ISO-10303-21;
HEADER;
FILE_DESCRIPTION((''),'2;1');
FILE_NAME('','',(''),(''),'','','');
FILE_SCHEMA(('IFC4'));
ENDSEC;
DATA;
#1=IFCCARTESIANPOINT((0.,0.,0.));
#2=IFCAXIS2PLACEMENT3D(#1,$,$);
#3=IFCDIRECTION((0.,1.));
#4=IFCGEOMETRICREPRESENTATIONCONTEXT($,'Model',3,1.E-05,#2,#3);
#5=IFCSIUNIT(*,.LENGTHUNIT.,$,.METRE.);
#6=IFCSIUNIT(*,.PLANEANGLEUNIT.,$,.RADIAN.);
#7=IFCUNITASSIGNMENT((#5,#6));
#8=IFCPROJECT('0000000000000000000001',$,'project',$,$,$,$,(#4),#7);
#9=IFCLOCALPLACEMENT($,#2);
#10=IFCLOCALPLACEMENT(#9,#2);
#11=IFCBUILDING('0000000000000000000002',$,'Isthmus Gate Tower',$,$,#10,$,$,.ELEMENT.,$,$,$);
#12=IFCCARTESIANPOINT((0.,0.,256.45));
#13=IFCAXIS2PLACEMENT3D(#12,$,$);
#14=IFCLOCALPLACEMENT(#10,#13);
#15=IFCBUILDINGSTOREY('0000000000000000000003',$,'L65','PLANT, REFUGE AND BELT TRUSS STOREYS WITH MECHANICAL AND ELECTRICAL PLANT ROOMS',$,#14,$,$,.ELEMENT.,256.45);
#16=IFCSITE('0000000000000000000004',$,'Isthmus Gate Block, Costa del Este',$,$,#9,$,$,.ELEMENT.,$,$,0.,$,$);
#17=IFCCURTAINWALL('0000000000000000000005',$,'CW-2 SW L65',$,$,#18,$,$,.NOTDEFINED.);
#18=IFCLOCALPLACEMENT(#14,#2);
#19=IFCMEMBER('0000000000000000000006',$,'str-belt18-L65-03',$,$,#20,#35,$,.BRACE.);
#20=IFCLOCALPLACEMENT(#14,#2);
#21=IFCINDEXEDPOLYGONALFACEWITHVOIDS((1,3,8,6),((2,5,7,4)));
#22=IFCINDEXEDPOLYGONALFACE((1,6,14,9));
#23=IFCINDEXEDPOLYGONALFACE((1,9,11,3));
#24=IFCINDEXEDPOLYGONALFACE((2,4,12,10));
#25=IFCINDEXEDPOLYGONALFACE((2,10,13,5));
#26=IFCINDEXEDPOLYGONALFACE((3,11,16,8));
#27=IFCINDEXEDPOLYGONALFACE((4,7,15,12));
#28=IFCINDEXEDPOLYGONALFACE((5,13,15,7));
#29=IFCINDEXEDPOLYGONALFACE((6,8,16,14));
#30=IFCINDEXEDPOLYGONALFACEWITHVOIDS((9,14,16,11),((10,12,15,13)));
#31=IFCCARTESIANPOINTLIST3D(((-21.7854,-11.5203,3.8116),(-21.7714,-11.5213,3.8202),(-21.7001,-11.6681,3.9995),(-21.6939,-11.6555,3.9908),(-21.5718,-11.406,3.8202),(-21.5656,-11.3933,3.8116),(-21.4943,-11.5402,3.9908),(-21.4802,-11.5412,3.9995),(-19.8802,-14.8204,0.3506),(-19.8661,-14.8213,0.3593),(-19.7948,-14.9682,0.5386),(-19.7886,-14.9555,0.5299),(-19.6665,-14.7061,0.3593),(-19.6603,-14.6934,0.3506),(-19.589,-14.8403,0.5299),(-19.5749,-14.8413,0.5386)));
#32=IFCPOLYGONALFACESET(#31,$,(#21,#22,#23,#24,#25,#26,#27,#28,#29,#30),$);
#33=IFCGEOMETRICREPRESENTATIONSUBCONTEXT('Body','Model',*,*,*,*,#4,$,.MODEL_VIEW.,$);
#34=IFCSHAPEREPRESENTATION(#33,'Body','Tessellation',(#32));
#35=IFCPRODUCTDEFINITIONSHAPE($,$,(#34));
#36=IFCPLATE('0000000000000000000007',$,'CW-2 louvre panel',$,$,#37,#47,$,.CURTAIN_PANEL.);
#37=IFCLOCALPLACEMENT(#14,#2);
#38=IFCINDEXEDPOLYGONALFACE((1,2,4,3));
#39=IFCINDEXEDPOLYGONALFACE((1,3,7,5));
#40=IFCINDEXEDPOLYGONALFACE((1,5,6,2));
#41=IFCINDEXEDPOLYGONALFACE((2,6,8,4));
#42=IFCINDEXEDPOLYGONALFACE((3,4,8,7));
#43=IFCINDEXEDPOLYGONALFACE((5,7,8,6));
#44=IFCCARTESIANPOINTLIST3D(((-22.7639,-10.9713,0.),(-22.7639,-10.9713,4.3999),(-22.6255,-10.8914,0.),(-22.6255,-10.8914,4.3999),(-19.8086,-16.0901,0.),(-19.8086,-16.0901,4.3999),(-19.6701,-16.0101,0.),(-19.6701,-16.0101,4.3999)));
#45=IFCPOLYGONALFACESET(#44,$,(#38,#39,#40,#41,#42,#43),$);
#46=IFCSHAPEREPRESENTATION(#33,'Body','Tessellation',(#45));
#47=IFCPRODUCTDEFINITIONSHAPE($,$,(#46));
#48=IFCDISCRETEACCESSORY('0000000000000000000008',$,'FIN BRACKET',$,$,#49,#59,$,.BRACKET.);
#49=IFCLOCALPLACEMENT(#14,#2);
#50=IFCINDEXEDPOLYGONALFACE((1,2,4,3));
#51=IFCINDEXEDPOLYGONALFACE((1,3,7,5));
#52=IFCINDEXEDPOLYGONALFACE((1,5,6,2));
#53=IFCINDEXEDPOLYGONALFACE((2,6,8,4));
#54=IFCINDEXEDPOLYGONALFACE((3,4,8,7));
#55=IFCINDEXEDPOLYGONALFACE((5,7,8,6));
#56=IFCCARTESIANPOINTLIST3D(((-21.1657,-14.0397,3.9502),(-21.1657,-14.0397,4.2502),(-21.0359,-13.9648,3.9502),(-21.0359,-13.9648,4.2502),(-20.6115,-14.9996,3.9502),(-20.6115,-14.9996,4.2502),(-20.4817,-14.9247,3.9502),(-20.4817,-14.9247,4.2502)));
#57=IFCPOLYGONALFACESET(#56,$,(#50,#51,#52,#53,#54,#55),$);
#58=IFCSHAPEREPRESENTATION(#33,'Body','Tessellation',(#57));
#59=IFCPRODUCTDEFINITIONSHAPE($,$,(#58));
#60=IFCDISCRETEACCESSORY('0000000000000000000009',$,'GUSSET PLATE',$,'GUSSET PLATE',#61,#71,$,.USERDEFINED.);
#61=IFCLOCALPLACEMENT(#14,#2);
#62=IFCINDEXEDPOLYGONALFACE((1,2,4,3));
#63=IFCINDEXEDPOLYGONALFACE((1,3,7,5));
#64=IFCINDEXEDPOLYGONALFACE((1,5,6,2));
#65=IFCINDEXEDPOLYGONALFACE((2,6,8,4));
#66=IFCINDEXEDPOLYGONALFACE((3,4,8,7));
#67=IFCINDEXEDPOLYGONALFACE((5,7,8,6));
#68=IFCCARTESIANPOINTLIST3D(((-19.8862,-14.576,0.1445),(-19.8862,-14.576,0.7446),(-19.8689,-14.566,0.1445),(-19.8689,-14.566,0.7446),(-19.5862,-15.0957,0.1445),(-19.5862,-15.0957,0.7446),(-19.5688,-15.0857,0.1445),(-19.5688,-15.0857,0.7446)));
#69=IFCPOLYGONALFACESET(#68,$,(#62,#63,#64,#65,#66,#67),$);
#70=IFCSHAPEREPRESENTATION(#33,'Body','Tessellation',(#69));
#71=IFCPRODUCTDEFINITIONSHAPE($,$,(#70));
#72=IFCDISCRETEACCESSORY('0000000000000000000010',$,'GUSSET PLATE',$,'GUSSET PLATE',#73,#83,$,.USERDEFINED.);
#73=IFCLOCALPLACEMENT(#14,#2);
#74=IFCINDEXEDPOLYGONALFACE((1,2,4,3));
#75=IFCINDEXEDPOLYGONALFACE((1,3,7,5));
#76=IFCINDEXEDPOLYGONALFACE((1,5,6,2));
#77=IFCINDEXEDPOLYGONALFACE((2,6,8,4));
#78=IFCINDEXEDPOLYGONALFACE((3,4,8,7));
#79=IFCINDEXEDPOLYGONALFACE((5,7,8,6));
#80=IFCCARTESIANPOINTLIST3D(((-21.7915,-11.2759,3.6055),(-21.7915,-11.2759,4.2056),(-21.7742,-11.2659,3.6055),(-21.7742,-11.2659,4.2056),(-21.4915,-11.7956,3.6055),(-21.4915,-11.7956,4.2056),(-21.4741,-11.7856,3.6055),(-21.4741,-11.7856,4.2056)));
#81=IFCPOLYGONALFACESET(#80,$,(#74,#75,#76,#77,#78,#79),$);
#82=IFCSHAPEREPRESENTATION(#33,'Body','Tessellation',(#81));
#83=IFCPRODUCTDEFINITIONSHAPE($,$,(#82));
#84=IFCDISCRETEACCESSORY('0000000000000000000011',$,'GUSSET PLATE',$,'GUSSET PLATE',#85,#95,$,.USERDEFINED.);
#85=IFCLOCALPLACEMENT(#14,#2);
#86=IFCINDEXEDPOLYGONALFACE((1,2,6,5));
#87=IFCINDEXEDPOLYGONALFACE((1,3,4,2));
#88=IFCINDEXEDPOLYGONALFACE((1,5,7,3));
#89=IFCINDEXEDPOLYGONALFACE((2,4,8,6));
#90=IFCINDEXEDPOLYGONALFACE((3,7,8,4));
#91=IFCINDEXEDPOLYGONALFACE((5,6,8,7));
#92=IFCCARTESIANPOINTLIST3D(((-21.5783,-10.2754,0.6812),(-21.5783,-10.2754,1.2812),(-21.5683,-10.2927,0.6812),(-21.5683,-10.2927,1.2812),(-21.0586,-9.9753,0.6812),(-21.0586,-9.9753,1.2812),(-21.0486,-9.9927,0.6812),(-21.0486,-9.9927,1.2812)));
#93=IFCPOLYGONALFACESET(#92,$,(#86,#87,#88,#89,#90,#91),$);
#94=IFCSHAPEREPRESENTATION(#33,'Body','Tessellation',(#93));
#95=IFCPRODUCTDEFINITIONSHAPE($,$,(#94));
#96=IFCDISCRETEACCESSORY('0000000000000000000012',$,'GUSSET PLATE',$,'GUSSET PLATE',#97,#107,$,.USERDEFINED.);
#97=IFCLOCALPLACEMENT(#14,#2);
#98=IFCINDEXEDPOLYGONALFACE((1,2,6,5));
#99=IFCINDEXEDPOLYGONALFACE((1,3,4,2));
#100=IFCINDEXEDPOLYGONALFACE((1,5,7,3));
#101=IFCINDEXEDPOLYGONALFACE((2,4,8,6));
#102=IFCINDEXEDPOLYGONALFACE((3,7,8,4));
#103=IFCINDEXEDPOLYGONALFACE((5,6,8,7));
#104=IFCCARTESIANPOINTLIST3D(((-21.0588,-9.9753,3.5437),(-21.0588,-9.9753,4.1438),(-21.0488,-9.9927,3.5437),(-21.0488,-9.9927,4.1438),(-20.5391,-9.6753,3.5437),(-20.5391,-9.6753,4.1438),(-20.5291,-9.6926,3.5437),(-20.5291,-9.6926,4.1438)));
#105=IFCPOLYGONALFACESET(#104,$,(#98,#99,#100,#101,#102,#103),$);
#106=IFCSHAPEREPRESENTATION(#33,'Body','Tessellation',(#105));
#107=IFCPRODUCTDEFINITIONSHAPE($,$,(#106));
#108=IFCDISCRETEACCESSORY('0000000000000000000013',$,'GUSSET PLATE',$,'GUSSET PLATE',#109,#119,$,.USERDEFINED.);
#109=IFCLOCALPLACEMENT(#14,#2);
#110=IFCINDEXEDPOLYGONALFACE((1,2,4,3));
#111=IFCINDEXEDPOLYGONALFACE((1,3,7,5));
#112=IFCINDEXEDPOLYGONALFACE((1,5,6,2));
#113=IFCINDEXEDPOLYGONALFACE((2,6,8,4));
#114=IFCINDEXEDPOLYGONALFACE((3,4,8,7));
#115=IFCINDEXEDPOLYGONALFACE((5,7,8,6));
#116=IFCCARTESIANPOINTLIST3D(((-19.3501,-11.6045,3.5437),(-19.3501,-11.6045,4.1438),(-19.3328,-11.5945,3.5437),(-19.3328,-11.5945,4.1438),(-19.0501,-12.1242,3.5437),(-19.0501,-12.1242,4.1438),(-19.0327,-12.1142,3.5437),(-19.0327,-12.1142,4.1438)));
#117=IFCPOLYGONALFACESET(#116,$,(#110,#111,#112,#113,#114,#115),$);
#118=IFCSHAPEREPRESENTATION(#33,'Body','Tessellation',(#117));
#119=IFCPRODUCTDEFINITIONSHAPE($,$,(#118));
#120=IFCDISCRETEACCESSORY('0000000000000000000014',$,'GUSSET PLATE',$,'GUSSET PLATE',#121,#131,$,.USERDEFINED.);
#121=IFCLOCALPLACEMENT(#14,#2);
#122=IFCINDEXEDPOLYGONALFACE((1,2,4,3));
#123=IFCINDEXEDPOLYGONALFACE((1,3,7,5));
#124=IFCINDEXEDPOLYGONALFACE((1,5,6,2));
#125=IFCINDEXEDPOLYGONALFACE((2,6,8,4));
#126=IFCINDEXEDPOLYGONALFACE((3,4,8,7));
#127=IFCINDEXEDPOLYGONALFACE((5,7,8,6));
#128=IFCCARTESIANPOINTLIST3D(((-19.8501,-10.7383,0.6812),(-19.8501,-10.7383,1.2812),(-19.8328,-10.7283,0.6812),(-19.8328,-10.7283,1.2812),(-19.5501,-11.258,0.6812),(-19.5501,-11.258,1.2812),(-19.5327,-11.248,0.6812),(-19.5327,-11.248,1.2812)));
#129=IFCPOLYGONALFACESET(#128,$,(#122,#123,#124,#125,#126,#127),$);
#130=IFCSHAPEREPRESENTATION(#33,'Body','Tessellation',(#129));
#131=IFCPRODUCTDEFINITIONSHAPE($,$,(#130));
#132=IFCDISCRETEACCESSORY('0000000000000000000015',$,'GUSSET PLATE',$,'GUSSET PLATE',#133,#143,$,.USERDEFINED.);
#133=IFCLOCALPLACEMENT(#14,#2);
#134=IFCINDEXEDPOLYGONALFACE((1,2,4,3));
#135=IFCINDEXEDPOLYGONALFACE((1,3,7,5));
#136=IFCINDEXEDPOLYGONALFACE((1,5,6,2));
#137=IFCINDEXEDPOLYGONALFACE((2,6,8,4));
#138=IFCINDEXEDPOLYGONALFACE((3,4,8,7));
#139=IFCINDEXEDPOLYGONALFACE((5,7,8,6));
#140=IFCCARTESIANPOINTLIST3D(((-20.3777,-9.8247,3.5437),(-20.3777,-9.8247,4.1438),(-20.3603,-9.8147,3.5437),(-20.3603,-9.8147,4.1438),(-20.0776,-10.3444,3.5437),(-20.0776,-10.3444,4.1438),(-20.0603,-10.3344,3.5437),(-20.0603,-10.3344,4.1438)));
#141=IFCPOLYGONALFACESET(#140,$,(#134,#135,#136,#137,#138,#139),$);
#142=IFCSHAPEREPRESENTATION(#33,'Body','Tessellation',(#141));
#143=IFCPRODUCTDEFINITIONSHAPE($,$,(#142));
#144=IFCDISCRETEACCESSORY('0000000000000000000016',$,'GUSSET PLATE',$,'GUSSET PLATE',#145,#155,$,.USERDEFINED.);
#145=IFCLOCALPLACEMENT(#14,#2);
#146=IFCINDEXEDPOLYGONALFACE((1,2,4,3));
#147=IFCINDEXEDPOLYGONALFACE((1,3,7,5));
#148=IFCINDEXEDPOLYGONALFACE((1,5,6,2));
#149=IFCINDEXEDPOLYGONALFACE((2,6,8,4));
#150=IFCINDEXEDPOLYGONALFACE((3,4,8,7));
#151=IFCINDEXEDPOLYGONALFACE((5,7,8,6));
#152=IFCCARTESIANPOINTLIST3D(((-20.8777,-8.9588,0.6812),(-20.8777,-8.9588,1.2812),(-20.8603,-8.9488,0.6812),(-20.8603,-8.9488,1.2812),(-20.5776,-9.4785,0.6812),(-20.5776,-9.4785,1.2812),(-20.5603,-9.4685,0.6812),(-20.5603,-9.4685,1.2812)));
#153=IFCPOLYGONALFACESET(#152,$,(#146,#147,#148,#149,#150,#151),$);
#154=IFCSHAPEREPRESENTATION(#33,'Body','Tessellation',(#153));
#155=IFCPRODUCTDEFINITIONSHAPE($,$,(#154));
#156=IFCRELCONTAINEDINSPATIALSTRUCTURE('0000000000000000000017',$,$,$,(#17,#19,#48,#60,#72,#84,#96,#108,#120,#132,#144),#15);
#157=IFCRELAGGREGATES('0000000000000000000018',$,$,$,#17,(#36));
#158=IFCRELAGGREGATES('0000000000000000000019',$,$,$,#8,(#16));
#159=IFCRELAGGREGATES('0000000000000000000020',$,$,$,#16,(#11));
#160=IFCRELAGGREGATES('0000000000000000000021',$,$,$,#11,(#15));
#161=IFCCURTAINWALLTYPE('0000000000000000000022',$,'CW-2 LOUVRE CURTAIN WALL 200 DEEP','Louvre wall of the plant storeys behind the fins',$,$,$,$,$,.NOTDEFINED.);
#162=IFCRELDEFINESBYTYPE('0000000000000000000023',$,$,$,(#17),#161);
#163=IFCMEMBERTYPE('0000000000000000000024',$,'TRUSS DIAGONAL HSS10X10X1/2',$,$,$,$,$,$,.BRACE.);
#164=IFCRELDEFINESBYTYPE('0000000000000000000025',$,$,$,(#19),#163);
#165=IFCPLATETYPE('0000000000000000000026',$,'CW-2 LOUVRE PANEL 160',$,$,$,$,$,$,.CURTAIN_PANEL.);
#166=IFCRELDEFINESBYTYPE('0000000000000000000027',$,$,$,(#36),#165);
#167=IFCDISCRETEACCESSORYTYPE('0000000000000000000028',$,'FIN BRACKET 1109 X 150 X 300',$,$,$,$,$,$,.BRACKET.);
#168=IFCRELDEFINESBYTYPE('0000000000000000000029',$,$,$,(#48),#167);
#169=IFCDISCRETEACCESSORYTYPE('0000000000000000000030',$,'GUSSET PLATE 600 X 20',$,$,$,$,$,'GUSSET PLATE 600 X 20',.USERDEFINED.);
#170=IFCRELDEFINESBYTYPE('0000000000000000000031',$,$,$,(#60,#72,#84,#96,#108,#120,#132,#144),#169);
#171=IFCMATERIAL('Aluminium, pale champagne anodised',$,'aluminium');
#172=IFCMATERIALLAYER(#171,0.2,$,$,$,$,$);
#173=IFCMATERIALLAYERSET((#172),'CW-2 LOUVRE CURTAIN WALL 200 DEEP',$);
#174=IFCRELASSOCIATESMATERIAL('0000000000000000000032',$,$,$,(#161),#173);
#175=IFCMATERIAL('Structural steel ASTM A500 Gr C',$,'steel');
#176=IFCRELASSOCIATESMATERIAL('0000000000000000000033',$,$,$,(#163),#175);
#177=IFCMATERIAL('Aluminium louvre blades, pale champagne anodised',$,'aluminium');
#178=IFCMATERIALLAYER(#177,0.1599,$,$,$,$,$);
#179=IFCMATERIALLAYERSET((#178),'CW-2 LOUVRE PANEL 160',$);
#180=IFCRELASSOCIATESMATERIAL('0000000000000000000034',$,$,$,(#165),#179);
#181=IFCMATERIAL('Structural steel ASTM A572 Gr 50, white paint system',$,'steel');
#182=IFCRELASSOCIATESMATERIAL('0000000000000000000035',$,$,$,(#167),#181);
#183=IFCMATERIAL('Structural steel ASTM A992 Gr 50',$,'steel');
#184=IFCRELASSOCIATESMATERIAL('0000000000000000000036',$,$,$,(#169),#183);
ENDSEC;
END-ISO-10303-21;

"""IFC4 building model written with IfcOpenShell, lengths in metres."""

from ifc_helpers import new_model, si_unit, direction, frame, origin, origin_2d, place, context, subcontext, project, spatial, rectangle, hollow_rectangle, extrude, material, layer, layer_set, material_profile, profile_set, type_object, element, aggregate, save


model = new_model("IFC4")

# Units and contexts
model_context = context("Model", 3, precision=1e-05, world=origin(), true_north=direction((0.0, 1.0)))
body_context = subcontext(model_context, "Body", "Model", "MODEL_VIEW")
ifc_project = project(units=[si_unit("LENGTHUNIT", "METRE"), si_unit("PLANEANGLEUNIT", "RADIAN")], contexts=[model_context])

# Site, building, storey
site_placement = place(None, origin())
site = spatial("IfcSite", under=ifc_project, at=site_placement, Name="Isthmus Gate Block, Costa del Este", CompositionType="ELEMENT", RefElevation=0.0)
building_placement = place(site_placement, origin())
building = spatial("IfcBuilding", under=site, at=building_placement, Name="Isthmus Gate Tower", CompositionType="ELEMENT")
storey_placement = place(building_placement, frame((0.0, 0.0, 256.45)))
storey = spatial("IfcBuildingStorey", under=building, at=storey_placement, Name="L65", Description="PLANT, REFUGE AND BELT TRUSS STOREYS WITH MECHANICAL AND ELECTRICAL PLANT ROOMS", CompositionType="ELEMENT", Elevation=256.45)

# Curtain wall
ifc_material_1 = material(Name="Aluminium, pale champagne anodised", Category="aluminium")
ifc_layer_1 = layer(ifc_material_1, 0.2)
ifc_layer_set_1 = layer_set([ifc_layer_1], Name="CW-2 LOUVRE CURTAIN WALL 200 DEEP")
curtain_wall_type = type_object("IfcCurtainWallType", Name="CW-2 LOUVRE CURTAIN WALL 200 DEEP", Description="Louvre wall of the plant storeys behind the fins", PredefinedType="NOTDEFINED", material=ifc_layer_set_1)
curtain_wall_placement = place(storey_placement, origin())
curtain_wall = element("IfcCurtainWall", 1, at=curtain_wall_placement, inside=storey, type_object=curtain_wall_type, Name="CW-2 SW L65", PredefinedType="NOTDEFINED")

# Member
ifc_material_2 = material(Name="Structural steel ASTM A500 Gr C", Category="steel")
ifc_material_profile_1 = material_profile(ifc_material_2, hollow_rectangle(XDim=0.2539, YDim=0.2539, WallThickness=0.0117, at=origin_2d()), Name="HSS10X10X1/2")
ifc_profile_set_1 = profile_set([ifc_material_profile_1], Name="Structural steel ASTM A500 Gr C")
member_type_1 = type_object("IfcMemberType", Name="TRUSS DIAGONAL HSS10X10X1/2", PredefinedType="BRACE", material=ifc_profile_set_1)
member_1_placement = place(storey_placement, frame((-19.7275, -14.8308, 0.4446), z_axis=(-0.370124, 0.641077, 0.672331), x_axis=(-0.866027, -0.499998, 0.0)))
element("IfcMember", 2, at=member_1_placement, inside=storey, type_object=member_type_1, Name="str-belt18-L65-03", PredefinedType="BRACE", context=body_context, shape_type="SweptSolid", body=[
    extrude(hollow_rectangle(XDim=0.2539, YDim=0.2539, WallThickness=0.0117, at=origin_2d()), origin(), (0.0, 0.0, 1.0), 5.1477),
])

# Plate
ifc_material_3 = material(Name="Aluminium louvre blades, pale champagne anodised", Category="aluminium")
ifc_layer_2 = layer(ifc_material_3, 0.1599)
ifc_layer_set_2 = layer_set([ifc_layer_2], Name="CW-2 LOUVRE PANEL 160")
plate_type = type_object("IfcPlateType", Name="CW-2 LOUVRE PANEL 160", PredefinedType="CURTAIN_PANEL", material=ifc_layer_set_2)
plate_placement = place(storey_placement, frame((-21.217, -13.4907, 0.0), z_axis=(0.0, 0.0, 1.0), x_axis=(0.5, -0.866025, 0.0)))
plate = element("IfcPlate", 3, at=plate_placement, type_object=plate_type, Name="CW-2 louvre panel", PredefinedType="CURTAIN_PANEL", context=body_context, shape_type="SweptSolid", body=[
    extrude(rectangle(XDim=5.9106, YDim=0.1599, at=origin_2d()), origin(), (0.0, 0.0, 1.0), 4.3999),
])
aggregate(curtain_wall, [plate])

# Discrete accessories
ifc_material_4 = material(Name="Structural steel ASTM A572 Gr 50, white paint system", Category="steel")
discrete_accessory_type_1 = type_object("IfcDiscreteAccessoryType", Name="FIN BRACKET 1109 X 150 X 300", PredefinedType="BRACKET", material=ifc_material_4)
discrete_accessory_placement = place(storey_placement, frame((-20.8237, -14.4822, 3.9502), z_axis=(0.0, 0.0, 1.0), x_axis=(-0.866025, -0.5, 0.0)))
element("IfcDiscreteAccessory", 4, at=discrete_accessory_placement, inside=storey, type_object=discrete_accessory_type_1, Name="FIN BRACKET", PredefinedType="BRACKET", context=body_context, shape_type="SweptSolid", body=[
    extrude(rectangle(XDim=0.1499, YDim=1.1084, at=origin_2d()), origin(), (0.0, 0.0, 1.0), 0.3),
])
ifc_material_5 = material(Name="Structural steel ASTM A992 Gr 50", Category="steel")
discrete_accessory_type_2 = type_object("IfcDiscreteAccessoryType", Name="GUSSET PLATE 600 X 20", ElementType="GUSSET PLATE 600 X 20", PredefinedType="USERDEFINED", material=ifc_material_5)
for number, where, z_axis, x_axis, name in (
    (5, (-19.7275, -14.8308, 0.1445), (0.0, 0.0, 1.0), (-0.5, 0.866025, 0.0), "GUSSET PLATE"),
    (6, (-21.6328, -11.5308, 3.6055), (0.0, 0.0, 1.0), (-0.5, 0.866025, 0.0), "GUSSET PLATE"),
    (7, (-21.3135, -10.134, 0.6812), (0.0, 0.0, 1.0), (0.866025, 0.5, 0.0), "GUSSET PLATE"),
    (8, (-20.7939, -9.834, 3.5437), (0.0, 0.0, 1.0), (0.866025, 0.5, 0.0), "GUSSET PLATE"),
    (9, (-19.1914, -11.8594, 3.5437), (0.0, 0.0, 1.0), (-0.5, 0.866025, 0.0), "GUSSET PLATE"),
    (10, (-19.6914, -10.9932, 0.6812), (0.0, 0.0, 1.0), (-0.5, 0.866025, 0.0), "GUSSET PLATE"),
    (11, (-20.219, -10.0796, 3.5437), (0.0, 0.0, 1.0), (-0.5, 0.866025, 0.0), "GUSSET PLATE"),
    (12, (-20.719, -9.2136, 0.6812), (0.0, 0.0, 1.0), (-0.5, 0.866025, 0.0), "GUSSET PLATE"),
):
    element("IfcDiscreteAccessory", number, at=place(storey_placement, frame(where, z_axis=z_axis, x_axis=x_axis)), inside=storey, type_object=discrete_accessory_type_2, Name=name, ObjectType="GUSSET PLATE", PredefinedType="USERDEFINED", context=body_context, shape_type="SweptSolid", body=[
        extrude(rectangle(XDim=0.6001, YDim=0.02, at=origin_2d()), origin(), (0.0, 0.0, 1.0), 0.6001),
    ])

save(model, "model.ifc")
